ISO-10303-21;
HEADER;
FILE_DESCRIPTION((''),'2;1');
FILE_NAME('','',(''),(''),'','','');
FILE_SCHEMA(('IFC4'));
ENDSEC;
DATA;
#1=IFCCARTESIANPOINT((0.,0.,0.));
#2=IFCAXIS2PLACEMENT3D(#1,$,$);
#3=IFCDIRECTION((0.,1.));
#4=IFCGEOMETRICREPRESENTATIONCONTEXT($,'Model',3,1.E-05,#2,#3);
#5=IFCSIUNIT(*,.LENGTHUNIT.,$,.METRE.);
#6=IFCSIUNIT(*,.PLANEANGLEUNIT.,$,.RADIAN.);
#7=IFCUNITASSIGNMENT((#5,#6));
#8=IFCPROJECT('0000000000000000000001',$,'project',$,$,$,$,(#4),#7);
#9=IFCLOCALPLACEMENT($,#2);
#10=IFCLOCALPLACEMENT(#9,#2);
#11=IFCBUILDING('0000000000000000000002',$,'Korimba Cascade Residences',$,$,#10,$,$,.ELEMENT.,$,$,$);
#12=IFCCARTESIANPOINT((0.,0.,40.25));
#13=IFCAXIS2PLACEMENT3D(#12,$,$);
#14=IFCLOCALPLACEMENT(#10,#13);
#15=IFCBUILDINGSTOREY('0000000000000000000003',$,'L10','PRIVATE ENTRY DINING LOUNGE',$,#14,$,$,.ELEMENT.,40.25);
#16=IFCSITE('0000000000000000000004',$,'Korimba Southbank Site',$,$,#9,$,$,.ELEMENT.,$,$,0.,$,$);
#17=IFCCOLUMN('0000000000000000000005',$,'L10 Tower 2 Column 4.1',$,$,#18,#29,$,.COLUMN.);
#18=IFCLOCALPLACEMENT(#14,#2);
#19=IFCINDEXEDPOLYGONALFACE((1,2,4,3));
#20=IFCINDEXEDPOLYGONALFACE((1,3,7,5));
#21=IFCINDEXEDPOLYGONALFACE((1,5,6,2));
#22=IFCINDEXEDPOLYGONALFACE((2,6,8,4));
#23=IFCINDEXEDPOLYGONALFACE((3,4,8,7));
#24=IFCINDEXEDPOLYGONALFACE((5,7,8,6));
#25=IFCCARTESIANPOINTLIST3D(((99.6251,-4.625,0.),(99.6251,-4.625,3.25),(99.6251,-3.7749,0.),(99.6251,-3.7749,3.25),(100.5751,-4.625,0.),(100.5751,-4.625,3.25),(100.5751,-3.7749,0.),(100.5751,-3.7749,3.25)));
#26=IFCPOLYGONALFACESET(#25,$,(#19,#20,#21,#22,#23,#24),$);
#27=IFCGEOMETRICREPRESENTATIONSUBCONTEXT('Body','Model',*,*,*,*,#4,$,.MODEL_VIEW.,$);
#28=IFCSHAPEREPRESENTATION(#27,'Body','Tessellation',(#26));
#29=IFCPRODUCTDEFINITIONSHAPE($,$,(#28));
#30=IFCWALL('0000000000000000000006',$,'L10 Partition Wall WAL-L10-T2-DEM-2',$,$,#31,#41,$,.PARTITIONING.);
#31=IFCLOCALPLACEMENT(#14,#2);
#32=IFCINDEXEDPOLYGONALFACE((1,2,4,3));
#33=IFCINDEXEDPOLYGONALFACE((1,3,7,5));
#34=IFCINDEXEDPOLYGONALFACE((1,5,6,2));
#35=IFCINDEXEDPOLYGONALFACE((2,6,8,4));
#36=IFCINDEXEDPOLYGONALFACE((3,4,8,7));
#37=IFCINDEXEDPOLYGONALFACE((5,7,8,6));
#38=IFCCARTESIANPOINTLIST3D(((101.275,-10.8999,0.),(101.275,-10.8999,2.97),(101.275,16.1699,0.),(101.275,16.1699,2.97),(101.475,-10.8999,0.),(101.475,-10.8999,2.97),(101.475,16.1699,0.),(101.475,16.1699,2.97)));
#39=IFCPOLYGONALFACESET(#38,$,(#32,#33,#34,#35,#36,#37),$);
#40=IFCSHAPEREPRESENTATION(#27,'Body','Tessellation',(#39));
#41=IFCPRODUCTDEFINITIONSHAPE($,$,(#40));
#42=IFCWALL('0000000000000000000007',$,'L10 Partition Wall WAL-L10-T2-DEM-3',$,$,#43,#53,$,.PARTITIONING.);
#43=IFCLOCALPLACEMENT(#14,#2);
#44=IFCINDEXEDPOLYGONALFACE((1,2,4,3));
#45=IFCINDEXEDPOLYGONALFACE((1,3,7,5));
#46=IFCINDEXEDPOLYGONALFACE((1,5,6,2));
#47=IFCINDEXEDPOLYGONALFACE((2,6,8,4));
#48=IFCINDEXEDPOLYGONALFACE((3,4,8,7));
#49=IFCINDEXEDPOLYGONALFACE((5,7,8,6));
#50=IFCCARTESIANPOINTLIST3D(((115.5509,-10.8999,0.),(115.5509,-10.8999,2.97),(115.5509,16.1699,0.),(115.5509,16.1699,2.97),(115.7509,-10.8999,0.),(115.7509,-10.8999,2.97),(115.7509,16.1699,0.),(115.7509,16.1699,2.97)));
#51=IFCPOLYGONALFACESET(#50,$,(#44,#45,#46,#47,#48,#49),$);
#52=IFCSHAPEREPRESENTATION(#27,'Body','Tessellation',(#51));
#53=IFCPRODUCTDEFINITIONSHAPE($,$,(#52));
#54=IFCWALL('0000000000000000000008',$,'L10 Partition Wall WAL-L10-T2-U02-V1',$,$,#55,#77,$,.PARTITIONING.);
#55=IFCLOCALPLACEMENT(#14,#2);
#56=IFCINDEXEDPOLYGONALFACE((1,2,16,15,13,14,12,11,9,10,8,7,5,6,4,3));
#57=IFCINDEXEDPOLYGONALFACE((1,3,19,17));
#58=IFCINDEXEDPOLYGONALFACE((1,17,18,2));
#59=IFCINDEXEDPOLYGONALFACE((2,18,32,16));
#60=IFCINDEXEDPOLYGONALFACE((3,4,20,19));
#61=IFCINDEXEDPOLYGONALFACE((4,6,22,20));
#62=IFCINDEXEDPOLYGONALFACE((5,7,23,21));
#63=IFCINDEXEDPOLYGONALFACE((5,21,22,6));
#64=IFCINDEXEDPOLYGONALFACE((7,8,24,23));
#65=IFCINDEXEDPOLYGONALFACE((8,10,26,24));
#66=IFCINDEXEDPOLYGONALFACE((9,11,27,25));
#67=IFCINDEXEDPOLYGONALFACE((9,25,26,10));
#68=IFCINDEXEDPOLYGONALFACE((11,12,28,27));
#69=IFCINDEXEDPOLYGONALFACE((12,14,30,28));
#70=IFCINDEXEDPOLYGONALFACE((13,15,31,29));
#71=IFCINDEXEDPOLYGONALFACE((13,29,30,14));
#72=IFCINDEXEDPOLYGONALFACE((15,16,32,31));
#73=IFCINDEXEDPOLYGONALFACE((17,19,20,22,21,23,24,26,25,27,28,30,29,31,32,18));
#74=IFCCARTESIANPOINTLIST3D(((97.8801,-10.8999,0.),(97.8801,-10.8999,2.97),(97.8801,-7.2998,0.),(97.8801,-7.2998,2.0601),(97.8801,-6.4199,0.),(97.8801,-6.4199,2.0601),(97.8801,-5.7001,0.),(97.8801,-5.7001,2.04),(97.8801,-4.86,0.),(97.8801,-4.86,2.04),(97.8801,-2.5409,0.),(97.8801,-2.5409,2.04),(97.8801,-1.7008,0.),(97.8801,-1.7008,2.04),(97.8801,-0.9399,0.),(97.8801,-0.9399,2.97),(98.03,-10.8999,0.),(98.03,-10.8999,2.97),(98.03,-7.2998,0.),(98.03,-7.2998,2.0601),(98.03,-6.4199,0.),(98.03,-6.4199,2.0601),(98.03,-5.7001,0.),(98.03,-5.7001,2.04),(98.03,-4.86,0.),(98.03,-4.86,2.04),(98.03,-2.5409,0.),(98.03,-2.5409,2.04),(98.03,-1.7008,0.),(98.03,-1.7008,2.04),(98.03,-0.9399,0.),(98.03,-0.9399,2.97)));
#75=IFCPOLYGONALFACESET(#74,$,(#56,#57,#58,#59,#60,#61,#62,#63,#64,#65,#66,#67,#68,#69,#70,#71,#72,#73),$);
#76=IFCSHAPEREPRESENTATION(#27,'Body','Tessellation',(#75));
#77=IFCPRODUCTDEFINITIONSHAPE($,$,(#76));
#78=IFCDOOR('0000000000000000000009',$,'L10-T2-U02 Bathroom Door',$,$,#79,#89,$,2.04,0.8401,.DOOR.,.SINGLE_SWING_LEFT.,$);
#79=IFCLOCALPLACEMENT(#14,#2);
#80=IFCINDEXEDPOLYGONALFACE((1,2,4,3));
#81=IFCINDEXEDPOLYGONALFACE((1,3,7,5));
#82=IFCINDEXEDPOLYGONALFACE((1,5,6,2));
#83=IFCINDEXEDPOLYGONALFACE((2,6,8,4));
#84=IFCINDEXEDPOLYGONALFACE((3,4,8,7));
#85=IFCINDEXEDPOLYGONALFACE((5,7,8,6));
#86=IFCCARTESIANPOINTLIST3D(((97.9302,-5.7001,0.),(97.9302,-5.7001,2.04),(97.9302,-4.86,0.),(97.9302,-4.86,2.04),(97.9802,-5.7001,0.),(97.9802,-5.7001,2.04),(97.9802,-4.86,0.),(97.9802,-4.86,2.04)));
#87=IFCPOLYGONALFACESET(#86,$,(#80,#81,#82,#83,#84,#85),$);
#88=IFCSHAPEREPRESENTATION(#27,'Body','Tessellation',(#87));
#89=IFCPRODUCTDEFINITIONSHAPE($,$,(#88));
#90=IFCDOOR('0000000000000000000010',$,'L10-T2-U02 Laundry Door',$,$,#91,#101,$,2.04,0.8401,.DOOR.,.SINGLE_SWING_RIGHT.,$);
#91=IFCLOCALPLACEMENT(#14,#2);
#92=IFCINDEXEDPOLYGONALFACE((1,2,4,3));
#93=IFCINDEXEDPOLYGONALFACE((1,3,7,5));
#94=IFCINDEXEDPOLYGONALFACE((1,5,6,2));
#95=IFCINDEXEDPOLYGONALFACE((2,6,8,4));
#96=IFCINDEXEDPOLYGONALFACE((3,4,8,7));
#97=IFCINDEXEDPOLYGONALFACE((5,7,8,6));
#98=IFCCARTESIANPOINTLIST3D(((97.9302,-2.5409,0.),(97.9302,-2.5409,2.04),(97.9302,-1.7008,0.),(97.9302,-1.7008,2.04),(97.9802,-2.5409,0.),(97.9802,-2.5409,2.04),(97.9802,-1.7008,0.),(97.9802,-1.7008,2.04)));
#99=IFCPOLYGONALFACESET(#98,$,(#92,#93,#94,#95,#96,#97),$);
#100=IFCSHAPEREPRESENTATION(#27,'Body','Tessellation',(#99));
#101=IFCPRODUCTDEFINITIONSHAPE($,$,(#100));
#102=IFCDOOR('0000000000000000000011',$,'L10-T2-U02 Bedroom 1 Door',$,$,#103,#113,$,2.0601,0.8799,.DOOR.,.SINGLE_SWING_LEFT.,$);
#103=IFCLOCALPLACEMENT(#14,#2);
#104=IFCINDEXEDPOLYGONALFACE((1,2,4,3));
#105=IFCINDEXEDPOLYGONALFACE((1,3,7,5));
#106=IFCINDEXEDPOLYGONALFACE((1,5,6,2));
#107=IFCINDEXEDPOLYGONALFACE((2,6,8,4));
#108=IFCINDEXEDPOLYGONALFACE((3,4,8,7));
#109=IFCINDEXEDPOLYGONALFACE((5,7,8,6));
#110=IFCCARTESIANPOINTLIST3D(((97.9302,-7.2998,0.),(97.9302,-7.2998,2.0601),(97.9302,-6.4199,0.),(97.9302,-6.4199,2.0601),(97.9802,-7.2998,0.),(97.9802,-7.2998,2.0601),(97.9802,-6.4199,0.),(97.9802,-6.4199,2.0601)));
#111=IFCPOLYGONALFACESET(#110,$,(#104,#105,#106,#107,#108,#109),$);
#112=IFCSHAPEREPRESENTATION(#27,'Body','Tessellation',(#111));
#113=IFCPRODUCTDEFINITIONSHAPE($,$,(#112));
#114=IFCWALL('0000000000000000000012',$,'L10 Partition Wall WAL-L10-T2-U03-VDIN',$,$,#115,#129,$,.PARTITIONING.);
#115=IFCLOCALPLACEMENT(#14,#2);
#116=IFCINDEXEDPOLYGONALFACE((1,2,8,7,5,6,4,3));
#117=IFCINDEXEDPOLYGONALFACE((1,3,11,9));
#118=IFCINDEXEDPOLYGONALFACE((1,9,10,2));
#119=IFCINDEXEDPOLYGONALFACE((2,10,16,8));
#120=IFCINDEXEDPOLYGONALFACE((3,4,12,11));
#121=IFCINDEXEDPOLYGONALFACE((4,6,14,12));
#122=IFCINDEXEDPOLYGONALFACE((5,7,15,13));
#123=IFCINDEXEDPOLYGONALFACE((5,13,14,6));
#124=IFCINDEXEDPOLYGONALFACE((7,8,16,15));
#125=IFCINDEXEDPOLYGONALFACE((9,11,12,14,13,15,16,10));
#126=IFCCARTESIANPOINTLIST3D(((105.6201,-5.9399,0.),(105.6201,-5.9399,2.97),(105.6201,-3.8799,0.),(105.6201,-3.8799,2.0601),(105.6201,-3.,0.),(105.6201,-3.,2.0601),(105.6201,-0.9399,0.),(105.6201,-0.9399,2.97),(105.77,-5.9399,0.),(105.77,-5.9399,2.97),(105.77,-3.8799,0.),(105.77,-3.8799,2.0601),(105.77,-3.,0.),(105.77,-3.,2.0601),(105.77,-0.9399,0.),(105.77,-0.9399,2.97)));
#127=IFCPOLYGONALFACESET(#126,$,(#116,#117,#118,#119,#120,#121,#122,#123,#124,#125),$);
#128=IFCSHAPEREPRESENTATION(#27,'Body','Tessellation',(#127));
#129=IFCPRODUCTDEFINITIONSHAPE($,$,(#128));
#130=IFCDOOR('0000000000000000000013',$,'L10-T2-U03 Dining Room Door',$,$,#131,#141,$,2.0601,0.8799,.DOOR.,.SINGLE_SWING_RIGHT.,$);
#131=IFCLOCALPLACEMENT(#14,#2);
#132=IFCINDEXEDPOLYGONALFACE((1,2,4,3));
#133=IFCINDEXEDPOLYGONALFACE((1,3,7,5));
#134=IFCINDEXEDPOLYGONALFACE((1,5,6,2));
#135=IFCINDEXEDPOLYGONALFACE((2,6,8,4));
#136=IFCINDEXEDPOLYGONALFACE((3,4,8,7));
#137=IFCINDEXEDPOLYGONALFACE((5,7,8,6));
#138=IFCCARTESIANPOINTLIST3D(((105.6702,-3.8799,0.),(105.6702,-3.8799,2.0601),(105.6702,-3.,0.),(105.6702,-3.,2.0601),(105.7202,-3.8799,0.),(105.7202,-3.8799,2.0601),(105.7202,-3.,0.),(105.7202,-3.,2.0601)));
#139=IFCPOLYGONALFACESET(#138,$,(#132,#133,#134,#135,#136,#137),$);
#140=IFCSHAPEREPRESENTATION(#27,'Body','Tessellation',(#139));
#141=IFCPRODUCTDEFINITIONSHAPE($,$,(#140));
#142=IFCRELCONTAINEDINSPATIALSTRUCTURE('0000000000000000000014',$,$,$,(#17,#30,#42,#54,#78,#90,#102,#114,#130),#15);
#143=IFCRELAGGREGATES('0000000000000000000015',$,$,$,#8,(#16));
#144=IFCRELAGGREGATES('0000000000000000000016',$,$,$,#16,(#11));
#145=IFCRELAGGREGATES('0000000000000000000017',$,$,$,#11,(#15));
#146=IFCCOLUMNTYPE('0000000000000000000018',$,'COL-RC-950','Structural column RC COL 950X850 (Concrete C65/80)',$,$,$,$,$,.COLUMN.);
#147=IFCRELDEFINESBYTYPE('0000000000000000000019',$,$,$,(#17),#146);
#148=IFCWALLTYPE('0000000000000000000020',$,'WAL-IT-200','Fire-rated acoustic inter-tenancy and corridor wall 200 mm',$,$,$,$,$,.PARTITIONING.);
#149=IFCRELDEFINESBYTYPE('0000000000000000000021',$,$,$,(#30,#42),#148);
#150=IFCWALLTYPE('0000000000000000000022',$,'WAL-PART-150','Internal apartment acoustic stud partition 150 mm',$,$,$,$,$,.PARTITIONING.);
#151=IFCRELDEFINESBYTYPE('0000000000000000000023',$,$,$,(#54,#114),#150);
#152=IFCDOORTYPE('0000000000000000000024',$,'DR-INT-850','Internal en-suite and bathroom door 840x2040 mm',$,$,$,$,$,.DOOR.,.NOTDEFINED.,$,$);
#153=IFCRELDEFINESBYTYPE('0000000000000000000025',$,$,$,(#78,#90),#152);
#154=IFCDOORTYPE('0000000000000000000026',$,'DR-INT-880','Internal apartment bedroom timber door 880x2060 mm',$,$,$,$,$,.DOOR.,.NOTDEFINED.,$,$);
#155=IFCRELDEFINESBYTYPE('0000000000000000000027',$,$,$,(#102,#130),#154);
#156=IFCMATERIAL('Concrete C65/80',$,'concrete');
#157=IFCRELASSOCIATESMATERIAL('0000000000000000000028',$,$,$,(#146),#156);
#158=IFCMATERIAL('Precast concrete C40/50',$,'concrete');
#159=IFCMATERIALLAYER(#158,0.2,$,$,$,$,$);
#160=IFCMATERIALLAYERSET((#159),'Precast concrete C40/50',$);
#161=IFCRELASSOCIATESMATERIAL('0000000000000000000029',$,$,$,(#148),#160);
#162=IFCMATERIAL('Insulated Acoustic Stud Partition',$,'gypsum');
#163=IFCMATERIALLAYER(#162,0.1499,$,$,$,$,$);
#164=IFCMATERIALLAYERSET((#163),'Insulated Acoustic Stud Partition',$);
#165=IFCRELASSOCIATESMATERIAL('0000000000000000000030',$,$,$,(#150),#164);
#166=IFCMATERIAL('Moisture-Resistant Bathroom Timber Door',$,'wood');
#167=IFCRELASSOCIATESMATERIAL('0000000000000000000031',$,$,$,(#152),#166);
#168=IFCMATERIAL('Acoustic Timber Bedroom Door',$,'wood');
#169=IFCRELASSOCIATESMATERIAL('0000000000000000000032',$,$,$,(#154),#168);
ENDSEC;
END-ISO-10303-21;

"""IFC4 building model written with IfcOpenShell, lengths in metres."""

from ifc_helpers import new_model, si_unit, direction, frame, frame_2d, origin, origin_2d, place, context, subcontext, project, spatial, rectangle, extrude, material, layer, layer_set, material_profile, profile_set, type_object, element, fill, save


model = new_model("IFC4")

# Units and contexts
model_context = context("Model", 3, precision=1e-05, world=origin(), true_north=direction((0.0, 1.0)))
body_context = subcontext(model_context, "Body", "Model", "MODEL_VIEW")
ifc_project = project(units=[si_unit("LENGTHUNIT", "METRE"), si_unit("PLANEANGLEUNIT", "RADIAN")], contexts=[model_context])

# Site, building, storey
site_placement = place(None, origin())
site = spatial("IfcSite", under=ifc_project, at=site_placement, Name="Korimba Southbank Site", CompositionType="ELEMENT", RefElevation=0.0)
building_placement = place(site_placement, origin())
building = spatial("IfcBuilding", under=site, at=building_placement, Name="Korimba Cascade Residences", CompositionType="ELEMENT")
storey_placement = place(building_placement, frame((0.0, 0.0, 40.25)))
storey = spatial("IfcBuildingStorey", under=building, at=storey_placement, Name="L10", Description="PRIVATE ENTRY DINING LOUNGE", CompositionType="ELEMENT", Elevation=40.25)

# Column
ifc_material_1 = material(Name="Concrete C65/80", Category="concrete")
ifc_material_profile = material_profile(ifc_material_1, rectangle(XDim=0.95, YDim=0.8501, at=origin_2d()), Name="Concrete C65/80")
ifc_profile_set = profile_set([ifc_material_profile], Name="Concrete C65/80")
column_type = type_object("IfcColumnType", Name="COL-RC-950", Description="Structural column RC COL 950X850 (Concrete C65/80)", PredefinedType="COLUMN", material=ifc_profile_set)
column_placement = place(storey_placement, frame((100.1001, -4.2, 0.0), z_axis=(0.0, 0.0, 1.0), x_axis=(1.0, 0.0, 0.0)))
element("IfcColumn", 1, at=column_placement, inside=storey, type_object=column_type, Name="L10 Tower 2 Column 4.1", PredefinedType="COLUMN", context=body_context, shape_type="SweptSolid", body=[
    extrude(rectangle(XDim=0.95, YDim=0.8501, at=origin_2d()), origin(), (0.0, 0.0, 1.0), 3.25),
])

# Walls
ifc_material_2 = material(Name="Precast concrete C40/50", Category="concrete")
ifc_layer_1 = layer(ifc_material_2, 0.2)
ifc_layer_set_1 = layer_set([ifc_layer_1], Name="Precast concrete C40/50")
wall_type_1 = type_object("IfcWallType", Name="WAL-IT-200", Description="Fire-rated acoustic inter-tenancy and corridor wall 200 mm", PredefinedType="PARTITIONING", material=ifc_layer_set_1)
for number, where, z_axis, x_axis, name in (
    (2, (101.375, -10.8999, 0.0), (0.0, 0.0, 1.0), (0.0, 1.0, 0.0), "L10 Partition Wall WAL-L10-T2-DEM-2"),
    (3, (115.6509, -10.8999, 0.0), (0.0, 0.0, 1.0), (0.0, 1.0, 0.0), "L10 Partition Wall WAL-L10-T2-DEM-3"),
):
    element("IfcWall", number, at=place(storey_placement, frame(where, z_axis=z_axis, x_axis=x_axis)), inside=storey, type_object=wall_type_1, Name=name, PredefinedType="PARTITIONING", context=body_context, shape_type="SweptSolid", body=[
        extrude(rectangle(XDim=27.0698, YDim=0.2, at=frame_2d((13.5349, 0.0))), origin(), (0.0, 0.0, 1.0), 2.97),
    ])

# Wall, openings, doors
ifc_material_3 = material(Name="Insulated Acoustic Stud Partition", Category="gypsum")
ifc_layer_2 = layer(ifc_material_3, 0.1499)
ifc_layer_set_2 = layer_set([ifc_layer_2], Name="Insulated Acoustic Stud Partition")
wall_type_2 = type_object("IfcWallType", Name="WAL-PART-150", Description="Internal apartment acoustic stud partition 150 mm", PredefinedType="PARTITIONING", material=ifc_layer_set_2)
wall_1_placement = place(storey_placement, frame((97.9551, -10.8999, 0.0), z_axis=(0.0, 0.0, 1.0), x_axis=(0.0, 1.0, 0.0)))
wall_1 = element("IfcWall", 4, at=wall_1_placement, inside=storey, type_object=wall_type_2, Name="L10 Partition Wall WAL-L10-T2-U02-V1", PredefinedType="PARTITIONING", context=body_context, shape_type="SweptSolid", body=[
    extrude(rectangle(XDim=9.96, YDim=0.1499, at=frame_2d((4.98, 0.0))), origin(), (0.0, 0.0, 1.0), 2.97),
])
opening_1_placement = place(wall_1_placement, frame((5.2, 0.0, 0.0)))
opening_1 = element("IfcOpeningElement", 5, at=opening_1_placement, cuts=wall_1, PredefinedType="OPENING", context=body_context, shape_type="SweptSolid", body=[
    extrude(rectangle(XDim=0.8401, YDim=2.04, at=frame_2d((0.4199, 1.02))), frame((0.0, 0.085, 0.0), z_axis=(0.0, -1.0, 0.0), x_axis=(1.0, 0.0, 0.0)), (0.0, 0.0, 1.0), 0.1699),
])
opening_2_placement = place(wall_1_placement, frame((8.3591, 0.0, 0.0)))
opening_2 = element("IfcOpeningElement", 6, at=opening_2_placement, cuts=wall_1, PredefinedType="OPENING", context=body_context, shape_type="SweptSolid", body=[
    extrude(rectangle(XDim=0.8401, YDim=2.04, at=frame_2d((0.4199, 1.02))), frame((0.0, 0.085, 0.0), z_axis=(0.0, -1.0, 0.0), x_axis=(1.0, 0.0, 0.0)), (0.0, 0.0, 1.0), 0.1699),
])
opening_3_placement = place(wall_1_placement, frame((3.6001, 0.0, 0.0)))
opening_3 = element("IfcOpeningElement", 7, at=opening_3_placement, cuts=wall_1, PredefinedType="OPENING", context=body_context, shape_type="SweptSolid", body=[
    extrude(rectangle(XDim=0.8799, YDim=2.0601, at=frame_2d((0.4399, 1.03))), frame((0.0, 0.085, 0.0), z_axis=(0.0, -1.0, 0.0), x_axis=(1.0, 0.0, 0.0)), (0.0, 0.0, 1.0), 0.1699),
])
ifc_material_4 = material(Name="Moisture-Resistant Bathroom Timber Door", Category="wood")
door_type_1 = type_object("IfcDoorType", Name="DR-INT-850", Description="Internal en-suite and bathroom door 840x2040 mm", OperationType="NOTDEFINED", PredefinedType="DOOR", material=ifc_material_4)
door_1_placement = place(opening_1_placement, origin())
door_1 = element("IfcDoor", 8, at=door_1_placement, inside=storey, type_object=door_type_1, Name="L10-T2-U02 Bathroom Door", OperationType="SINGLE_SWING_LEFT", OverallHeight=2.04, OverallWidth=0.8401, PredefinedType="DOOR", context=body_context, shape_type="SweptSolid", body=[
    extrude(rectangle(XDim=0.8401, YDim=2.04, at=frame_2d((0.4199, 1.02))), frame((0.0, 0.0249, 0.0), z_axis=(0.0, -1.0, 0.0), x_axis=(1.0, 0.0, 0.0)), (0.0, 0.0, 1.0), 0.05),
])
fill(opening_1, door_1)
door_2_placement = place(opening_2_placement, origin())
door_2 = element("IfcDoor", 9, at=door_2_placement, inside=storey, type_object=door_type_1, Name="L10-T2-U02 Laundry Door", OperationType="SINGLE_SWING_RIGHT", OverallHeight=2.04, OverallWidth=0.8401, PredefinedType="DOOR", context=body_context, shape_type="SweptSolid", body=[
    extrude(rectangle(XDim=0.8401, YDim=2.04, at=frame_2d((0.4199, 1.02))), frame((0.0, 0.0249, 0.0), z_axis=(0.0, -1.0, 0.0), x_axis=(1.0, 0.0, 0.0)), (0.0, 0.0, 1.0), 0.05),
])
fill(opening_2, door_2)
ifc_material_5 = material(Name="Acoustic Timber Bedroom Door", Category="wood")
door_type_2 = type_object("IfcDoorType", Name="DR-INT-880", Description="Internal apartment bedroom timber door 880x2060 mm", OperationType="NOTDEFINED", PredefinedType="DOOR", material=ifc_material_5)
door_3_placement = place(opening_3_placement, origin())
door_3 = element("IfcDoor", 10, at=door_3_placement, inside=storey, type_object=door_type_2, Name="L10-T2-U02 Bedroom 1 Door", OperationType="SINGLE_SWING_LEFT", OverallHeight=2.0601, OverallWidth=0.8799, PredefinedType="DOOR", context=body_context, shape_type="SweptSolid", body=[
    extrude(rectangle(XDim=0.8799, YDim=2.0601, at=frame_2d((0.4399, 1.03))), frame((0.0, 0.0249, 0.0), z_axis=(0.0, -1.0, 0.0), x_axis=(1.0, 0.0, 0.0)), (0.0, 0.0, 1.0), 0.05),
])
fill(opening_3, door_3)

# Wall, opening, door
wall_2_placement = place(storey_placement, frame((105.6951, -5.9399, 0.0), z_axis=(0.0, 0.0, 1.0), x_axis=(0.0, 1.0, 0.0)))
wall_2 = element("IfcWall", 11, at=wall_2_placement, inside=storey, type_object=wall_type_2, Name="L10 Partition Wall WAL-L10-T2-U03-VDIN", PredefinedType="PARTITIONING", context=body_context, shape_type="SweptSolid", body=[
    extrude(rectangle(XDim=5.0, YDim=0.1499, at=frame_2d((2.5, 0.0))), origin(), (0.0, 0.0, 1.0), 2.97),
])
opening_4_placement = place(wall_2_placement, frame((2.0601, 0.0, 0.0)))
opening_4 = element("IfcOpeningElement", 12, at=opening_4_placement, cuts=wall_2, PredefinedType="OPENING", context=body_context, shape_type="SweptSolid", body=[
    extrude(rectangle(XDim=0.8799, YDim=2.0601, at=frame_2d((0.4399, 1.03))), frame((0.0, 0.085, 0.0), z_axis=(0.0, -1.0, 0.0), x_axis=(1.0, 0.0, 0.0)), (0.0, 0.0, 1.0), 0.1699),
])
door_4_placement = place(opening_4_placement, origin())
door_4 = element("IfcDoor", 13, at=door_4_placement, inside=storey, type_object=door_type_2, Name="L10-T2-U03 Dining Room Door", OperationType="SINGLE_SWING_RIGHT", OverallHeight=2.0601, OverallWidth=0.8799, PredefinedType="DOOR", context=body_context, shape_type="SweptSolid", body=[
    extrude(rectangle(XDim=0.8799, YDim=2.0601, at=frame_2d((0.4399, 1.03))), frame((0.0, 0.0249, 0.0), z_axis=(0.0, -1.0, 0.0), x_axis=(1.0, 0.0, 0.0)), (0.0, 0.0, 1.0), 0.05),
])
fill(opening_4, door_4)

save(model, "model.ifc")
